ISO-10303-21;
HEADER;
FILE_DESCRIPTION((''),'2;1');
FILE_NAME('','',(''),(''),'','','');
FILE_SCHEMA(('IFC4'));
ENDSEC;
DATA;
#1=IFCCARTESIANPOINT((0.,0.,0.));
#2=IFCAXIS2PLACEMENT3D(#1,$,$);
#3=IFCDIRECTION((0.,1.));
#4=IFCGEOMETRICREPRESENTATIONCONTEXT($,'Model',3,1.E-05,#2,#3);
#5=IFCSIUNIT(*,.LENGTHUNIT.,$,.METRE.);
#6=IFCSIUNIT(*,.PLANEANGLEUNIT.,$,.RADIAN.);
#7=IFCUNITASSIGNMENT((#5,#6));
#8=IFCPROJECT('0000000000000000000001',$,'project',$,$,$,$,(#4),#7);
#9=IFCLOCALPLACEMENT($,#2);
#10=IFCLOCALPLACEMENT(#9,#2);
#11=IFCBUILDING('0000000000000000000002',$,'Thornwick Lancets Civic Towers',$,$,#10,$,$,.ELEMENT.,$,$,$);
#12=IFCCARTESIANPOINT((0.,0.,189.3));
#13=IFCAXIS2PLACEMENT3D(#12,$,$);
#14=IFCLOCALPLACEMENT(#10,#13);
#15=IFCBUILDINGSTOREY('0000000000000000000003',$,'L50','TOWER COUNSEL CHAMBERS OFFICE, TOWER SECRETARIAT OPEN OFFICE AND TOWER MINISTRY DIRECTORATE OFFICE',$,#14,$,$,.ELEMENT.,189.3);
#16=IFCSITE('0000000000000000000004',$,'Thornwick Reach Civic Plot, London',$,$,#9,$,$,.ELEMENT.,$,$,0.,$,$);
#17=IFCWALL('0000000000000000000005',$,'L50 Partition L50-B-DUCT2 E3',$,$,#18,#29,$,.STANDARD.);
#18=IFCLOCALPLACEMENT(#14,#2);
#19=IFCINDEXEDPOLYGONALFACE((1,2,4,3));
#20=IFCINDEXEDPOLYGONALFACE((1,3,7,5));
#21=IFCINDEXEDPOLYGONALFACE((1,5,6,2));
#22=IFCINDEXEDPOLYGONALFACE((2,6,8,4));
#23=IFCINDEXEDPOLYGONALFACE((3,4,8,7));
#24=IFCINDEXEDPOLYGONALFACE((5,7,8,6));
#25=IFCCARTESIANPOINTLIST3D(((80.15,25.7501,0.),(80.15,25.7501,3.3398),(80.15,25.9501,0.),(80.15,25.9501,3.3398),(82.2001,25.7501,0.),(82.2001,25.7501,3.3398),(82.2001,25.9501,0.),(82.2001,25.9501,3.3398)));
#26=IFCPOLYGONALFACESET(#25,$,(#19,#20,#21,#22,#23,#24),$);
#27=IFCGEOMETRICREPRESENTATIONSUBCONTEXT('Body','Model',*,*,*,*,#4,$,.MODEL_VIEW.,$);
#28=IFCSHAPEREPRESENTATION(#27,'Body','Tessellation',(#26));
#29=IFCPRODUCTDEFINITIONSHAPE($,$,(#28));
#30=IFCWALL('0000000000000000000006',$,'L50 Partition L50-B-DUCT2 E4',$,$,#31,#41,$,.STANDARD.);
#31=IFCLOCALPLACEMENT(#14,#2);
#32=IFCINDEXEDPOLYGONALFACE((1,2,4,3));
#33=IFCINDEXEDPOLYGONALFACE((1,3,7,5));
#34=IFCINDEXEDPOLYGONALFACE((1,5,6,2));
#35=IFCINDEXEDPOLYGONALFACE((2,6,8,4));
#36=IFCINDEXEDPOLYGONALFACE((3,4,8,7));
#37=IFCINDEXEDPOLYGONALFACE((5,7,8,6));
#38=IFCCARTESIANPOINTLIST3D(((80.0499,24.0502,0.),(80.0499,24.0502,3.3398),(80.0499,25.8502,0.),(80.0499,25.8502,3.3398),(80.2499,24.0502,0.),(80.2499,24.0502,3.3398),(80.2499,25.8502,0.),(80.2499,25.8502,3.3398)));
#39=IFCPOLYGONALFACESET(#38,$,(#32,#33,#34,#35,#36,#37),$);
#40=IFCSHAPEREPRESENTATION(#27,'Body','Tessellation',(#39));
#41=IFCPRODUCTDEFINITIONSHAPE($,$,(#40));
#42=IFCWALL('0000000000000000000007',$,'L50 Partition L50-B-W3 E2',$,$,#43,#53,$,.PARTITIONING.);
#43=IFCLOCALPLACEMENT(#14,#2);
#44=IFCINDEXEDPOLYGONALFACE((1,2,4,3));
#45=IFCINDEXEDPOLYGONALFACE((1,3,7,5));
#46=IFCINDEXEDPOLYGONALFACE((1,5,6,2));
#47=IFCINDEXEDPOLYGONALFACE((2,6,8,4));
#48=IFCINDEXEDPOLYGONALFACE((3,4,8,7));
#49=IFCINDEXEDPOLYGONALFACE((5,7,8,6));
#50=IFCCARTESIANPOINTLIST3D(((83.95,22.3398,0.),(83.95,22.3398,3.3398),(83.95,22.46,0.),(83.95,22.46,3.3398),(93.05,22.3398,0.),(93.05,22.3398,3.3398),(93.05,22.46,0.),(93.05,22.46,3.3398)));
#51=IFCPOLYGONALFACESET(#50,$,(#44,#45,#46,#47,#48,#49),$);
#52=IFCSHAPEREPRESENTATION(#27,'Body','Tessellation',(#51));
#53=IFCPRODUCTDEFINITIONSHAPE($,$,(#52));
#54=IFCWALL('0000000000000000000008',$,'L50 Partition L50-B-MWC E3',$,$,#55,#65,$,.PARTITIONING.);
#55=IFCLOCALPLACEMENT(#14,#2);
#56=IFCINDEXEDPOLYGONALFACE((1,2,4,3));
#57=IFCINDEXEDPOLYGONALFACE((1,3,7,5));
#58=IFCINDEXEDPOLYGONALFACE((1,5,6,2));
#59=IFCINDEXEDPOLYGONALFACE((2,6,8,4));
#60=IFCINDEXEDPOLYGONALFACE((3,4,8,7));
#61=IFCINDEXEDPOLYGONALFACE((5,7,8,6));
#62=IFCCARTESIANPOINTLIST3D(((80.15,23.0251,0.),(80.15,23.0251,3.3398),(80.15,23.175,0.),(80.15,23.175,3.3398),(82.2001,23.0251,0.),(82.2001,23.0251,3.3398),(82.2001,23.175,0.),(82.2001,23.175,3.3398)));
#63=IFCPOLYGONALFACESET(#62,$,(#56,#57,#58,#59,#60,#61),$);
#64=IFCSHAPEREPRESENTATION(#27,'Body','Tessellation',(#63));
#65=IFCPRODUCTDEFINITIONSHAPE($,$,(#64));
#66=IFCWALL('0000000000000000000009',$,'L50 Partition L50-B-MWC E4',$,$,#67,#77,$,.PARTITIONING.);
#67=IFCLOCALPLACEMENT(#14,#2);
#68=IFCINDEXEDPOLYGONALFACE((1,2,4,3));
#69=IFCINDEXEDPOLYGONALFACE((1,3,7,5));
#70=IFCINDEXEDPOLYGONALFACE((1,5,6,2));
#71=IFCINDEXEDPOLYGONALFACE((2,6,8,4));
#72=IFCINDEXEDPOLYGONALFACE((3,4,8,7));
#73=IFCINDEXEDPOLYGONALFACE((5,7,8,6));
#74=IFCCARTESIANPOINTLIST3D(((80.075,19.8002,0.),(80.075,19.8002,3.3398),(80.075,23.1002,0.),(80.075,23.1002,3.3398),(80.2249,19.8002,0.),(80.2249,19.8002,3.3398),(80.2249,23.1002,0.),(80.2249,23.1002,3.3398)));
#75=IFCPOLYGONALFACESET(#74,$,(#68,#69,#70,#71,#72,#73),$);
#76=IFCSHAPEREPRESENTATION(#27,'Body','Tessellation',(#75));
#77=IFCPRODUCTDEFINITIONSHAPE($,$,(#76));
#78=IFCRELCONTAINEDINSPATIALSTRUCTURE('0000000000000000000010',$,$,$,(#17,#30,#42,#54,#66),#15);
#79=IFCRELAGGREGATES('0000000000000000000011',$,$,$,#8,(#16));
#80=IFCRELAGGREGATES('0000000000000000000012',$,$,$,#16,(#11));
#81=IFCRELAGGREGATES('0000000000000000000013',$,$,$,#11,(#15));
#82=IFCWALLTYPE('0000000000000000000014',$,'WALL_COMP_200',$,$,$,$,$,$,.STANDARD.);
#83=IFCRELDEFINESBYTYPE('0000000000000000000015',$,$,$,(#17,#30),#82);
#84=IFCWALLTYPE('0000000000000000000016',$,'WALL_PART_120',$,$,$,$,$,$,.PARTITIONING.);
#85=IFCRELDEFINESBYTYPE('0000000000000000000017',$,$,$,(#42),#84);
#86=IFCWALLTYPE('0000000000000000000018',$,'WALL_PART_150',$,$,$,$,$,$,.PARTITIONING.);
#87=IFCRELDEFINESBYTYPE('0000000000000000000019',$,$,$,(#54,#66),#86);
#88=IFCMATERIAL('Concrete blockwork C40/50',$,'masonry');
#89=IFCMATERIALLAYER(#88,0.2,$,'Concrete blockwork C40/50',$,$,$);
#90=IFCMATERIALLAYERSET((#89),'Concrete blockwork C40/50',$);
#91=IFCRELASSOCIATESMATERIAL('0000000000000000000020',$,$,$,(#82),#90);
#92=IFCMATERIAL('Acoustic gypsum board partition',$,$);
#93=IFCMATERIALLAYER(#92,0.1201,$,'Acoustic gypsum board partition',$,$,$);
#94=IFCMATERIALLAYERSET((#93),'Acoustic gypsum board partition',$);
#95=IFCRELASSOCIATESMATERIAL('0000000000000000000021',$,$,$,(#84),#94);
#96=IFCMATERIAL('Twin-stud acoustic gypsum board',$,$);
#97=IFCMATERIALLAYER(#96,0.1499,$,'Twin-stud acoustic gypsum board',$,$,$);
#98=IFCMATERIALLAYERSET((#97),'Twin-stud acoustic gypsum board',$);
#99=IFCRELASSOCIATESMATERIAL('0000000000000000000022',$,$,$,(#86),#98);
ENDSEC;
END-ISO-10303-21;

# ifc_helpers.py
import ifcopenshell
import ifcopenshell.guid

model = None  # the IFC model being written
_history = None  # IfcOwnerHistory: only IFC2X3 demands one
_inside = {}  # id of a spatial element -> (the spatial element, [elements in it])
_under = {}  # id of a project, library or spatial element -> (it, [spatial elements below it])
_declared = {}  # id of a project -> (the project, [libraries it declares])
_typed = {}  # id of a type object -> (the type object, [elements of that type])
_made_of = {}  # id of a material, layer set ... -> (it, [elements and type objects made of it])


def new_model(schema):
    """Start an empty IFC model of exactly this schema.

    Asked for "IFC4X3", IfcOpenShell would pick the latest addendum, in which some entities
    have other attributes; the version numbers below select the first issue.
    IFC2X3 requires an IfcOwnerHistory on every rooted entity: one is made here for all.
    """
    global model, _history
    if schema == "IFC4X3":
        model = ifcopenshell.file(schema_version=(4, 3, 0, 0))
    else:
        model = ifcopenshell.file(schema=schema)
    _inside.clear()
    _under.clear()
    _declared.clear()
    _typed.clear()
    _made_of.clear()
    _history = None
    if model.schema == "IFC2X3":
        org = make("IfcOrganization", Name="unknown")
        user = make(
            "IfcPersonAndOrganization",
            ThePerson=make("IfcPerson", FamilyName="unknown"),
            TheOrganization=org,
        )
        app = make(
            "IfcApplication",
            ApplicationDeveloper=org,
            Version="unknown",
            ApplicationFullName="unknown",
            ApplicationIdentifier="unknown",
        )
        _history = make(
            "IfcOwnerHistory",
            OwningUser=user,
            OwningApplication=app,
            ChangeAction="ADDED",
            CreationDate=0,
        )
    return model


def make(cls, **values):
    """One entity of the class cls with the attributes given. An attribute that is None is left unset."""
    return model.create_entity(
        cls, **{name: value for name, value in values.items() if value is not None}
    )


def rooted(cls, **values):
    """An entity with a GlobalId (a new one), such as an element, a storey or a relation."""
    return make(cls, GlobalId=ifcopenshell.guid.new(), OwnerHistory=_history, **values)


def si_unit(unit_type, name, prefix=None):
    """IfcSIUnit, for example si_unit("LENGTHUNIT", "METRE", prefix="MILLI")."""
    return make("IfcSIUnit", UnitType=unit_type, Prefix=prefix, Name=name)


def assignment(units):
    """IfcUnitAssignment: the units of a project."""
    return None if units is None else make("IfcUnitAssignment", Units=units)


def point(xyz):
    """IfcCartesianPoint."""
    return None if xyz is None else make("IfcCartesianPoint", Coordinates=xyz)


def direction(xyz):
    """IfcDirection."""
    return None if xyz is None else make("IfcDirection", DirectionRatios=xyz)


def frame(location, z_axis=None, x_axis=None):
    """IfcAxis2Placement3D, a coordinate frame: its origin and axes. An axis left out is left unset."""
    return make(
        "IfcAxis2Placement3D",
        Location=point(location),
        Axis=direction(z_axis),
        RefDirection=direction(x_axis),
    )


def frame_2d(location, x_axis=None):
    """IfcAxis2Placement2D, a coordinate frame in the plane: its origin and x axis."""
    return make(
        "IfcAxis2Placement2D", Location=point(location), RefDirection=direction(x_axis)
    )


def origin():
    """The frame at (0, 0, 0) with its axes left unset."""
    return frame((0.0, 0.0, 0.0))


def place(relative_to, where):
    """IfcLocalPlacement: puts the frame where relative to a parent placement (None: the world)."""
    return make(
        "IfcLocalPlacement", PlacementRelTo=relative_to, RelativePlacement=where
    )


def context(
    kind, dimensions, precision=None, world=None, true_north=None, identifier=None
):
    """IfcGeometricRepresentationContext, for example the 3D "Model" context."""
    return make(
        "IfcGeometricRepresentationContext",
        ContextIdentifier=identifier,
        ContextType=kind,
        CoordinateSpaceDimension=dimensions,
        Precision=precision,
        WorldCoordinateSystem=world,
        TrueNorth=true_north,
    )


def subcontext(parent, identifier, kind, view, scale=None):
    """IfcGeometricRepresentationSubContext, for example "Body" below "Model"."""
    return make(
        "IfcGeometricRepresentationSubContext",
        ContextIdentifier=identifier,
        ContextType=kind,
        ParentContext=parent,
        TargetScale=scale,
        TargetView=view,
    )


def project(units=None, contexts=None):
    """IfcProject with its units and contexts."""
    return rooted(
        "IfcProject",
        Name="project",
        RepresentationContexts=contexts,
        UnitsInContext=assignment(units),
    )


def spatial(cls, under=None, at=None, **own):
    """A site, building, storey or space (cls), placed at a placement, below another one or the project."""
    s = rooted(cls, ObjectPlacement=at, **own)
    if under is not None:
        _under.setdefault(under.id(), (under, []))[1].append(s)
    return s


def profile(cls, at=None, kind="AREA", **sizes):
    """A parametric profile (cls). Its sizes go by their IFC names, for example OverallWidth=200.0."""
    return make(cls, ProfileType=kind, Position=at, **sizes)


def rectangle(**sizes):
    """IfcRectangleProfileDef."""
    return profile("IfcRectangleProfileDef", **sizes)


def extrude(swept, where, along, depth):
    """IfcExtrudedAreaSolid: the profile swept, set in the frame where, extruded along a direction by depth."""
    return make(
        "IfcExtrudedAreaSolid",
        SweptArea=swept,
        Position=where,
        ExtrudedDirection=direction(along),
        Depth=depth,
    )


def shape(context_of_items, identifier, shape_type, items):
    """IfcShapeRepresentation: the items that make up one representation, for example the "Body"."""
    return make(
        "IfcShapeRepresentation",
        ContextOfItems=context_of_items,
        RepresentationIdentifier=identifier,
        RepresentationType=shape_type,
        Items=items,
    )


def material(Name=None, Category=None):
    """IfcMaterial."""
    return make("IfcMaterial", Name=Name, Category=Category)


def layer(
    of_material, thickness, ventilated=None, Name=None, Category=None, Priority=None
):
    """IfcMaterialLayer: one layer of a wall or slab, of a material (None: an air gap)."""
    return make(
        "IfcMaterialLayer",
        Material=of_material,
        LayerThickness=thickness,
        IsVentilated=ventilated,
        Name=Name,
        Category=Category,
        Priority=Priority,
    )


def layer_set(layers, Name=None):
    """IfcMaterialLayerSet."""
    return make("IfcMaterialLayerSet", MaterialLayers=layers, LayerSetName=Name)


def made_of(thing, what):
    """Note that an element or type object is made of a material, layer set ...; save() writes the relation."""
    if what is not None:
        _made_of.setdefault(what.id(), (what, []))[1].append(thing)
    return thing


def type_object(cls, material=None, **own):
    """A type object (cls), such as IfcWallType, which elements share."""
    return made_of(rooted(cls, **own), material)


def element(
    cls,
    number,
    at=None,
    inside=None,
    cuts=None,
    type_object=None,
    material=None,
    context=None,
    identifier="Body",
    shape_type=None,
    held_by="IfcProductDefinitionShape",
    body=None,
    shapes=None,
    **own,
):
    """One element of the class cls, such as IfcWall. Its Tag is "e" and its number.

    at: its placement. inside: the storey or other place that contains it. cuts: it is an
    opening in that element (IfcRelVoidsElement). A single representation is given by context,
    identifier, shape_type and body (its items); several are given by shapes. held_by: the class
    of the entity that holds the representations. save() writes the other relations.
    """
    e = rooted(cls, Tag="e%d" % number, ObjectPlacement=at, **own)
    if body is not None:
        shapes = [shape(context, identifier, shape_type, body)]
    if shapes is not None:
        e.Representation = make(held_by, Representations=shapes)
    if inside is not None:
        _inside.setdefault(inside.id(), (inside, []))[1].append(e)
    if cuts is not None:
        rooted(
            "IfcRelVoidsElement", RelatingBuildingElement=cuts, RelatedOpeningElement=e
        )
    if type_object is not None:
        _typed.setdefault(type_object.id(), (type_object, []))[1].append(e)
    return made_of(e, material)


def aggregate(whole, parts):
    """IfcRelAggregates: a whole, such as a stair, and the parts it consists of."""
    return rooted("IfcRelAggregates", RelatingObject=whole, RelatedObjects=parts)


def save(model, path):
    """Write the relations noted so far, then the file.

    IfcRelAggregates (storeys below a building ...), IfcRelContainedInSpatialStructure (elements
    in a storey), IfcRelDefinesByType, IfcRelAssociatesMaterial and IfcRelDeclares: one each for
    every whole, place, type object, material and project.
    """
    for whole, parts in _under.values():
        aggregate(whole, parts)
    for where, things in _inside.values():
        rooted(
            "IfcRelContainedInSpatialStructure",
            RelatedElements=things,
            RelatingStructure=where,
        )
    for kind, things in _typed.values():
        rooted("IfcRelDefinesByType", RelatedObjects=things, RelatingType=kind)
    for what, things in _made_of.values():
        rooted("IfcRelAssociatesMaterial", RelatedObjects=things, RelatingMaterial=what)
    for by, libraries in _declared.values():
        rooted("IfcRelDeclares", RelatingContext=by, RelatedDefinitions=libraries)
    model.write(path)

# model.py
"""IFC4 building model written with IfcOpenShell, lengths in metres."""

from ifc_helpers import new_model, si_unit, direction, frame, frame_2d, origin, place, context, subcontext, project, spatial, rectangle, extrude, material, layer, layer_set, type_object, element, save


model = new_model("IFC4")

# Units and contexts
model_context = context("Model", 3, precision=1e-05, world=origin(), true_north=direction((0.0, 1.0)))
body_context = subcontext(model_context, "Body", "Model", "MODEL_VIEW")
ifc_project = project(units=[si_unit("LENGTHUNIT", "METRE"), si_unit("PLANEANGLEUNIT", "RADIAN")], contexts=[model_context])

# Site, building, storey
site_placement = place(None, origin())
site = spatial("IfcSite", under=ifc_project, at=site_placement, Name="Thornwick Reach Civic Plot, London", CompositionType="ELEMENT", RefElevation=0.0)
building_placement = place(site_placement, origin())
building = spatial("IfcBuilding", under=site, at=building_placement, Name="Thornwick Lancets Civic Towers", CompositionType="ELEMENT")
storey_placement = place(building_placement, frame((0.0, 0.0, 189.3)))
storey = spatial("IfcBuildingStorey", under=building, at=storey_placement, Name="L50", Description="TOWER COUNSEL CHAMBERS OFFICE, TOWER SECRETARIAT OPEN OFFICE AND TOWER MINISTRY DIRECTORATE OFFICE", CompositionType="ELEMENT", Elevation=189.3)

# Shared definitions
ifc_material_1 = material(Name="Concrete blockwork C40/50", Category="masonry")
ifc_layer_1 = layer(ifc_material_1, 0.2, Name="Concrete blockwork C40/50")
ifc_layer_set_1 = layer_set([ifc_layer_1], Name="Concrete blockwork C40/50")
wall_type_1 = type_object("IfcWallType", Name="WALL_COMP_200", PredefinedType="STANDARD", material=ifc_layer_set_1)

# Walls
wall_1_placement = place(storey_placement, frame((82.2, 25.8501, 0.0), z_axis=(0.0, 0.0, 1.0), x_axis=(-1.0, 0.0, 0.0)))
element("IfcWall", 1, at=wall_1_placement, inside=storey, type_object=wall_type_1, Name="L50 Partition L50-B-DUCT2 E3", PredefinedType="STANDARD", context=body_context, shape_type="SweptSolid", body=[
    extrude(rectangle(XDim=2.05, YDim=0.2, at=frame_2d((1.0249, 0.0))), origin(), (0.0, 0.0, 1.0), 3.3398),
])
wall_2_placement = place(storey_placement, frame((80.1499, 25.8501, 0.0), z_axis=(0.0, 0.0, 1.0), x_axis=(0.0, -1.0, 0.0)))
element("IfcWall", 2, at=wall_2_placement, inside=storey, type_object=wall_type_1, Name="L50 Partition L50-B-DUCT2 E4", PredefinedType="STANDARD", context=body_context, shape_type="SweptSolid", body=[
    extrude(rectangle(XDim=1.8, YDim=0.2, at=frame_2d((0.8999, 0.0))), origin(), (0.0, 0.0, 1.0), 3.3398),
])
ifc_material_2 = material(Name="Acoustic gypsum board partition")
ifc_layer_2 = layer(ifc_material_2, 0.1201, Name="Acoustic gypsum board partition")
ifc_layer_set_2 = layer_set([ifc_layer_2], Name="Acoustic gypsum board partition")
wall_type_2 = type_object("IfcWallType", Name="WALL_PART_120", PredefinedType="PARTITIONING", material=ifc_layer_set_2)
wall_3_placement = place(storey_placement, frame((83.95, 22.3999, 0.0), z_axis=(0.0, 0.0, 1.0), x_axis=(1.0, 0.0, 0.0)))
element("IfcWall", 3, at=wall_3_placement, inside=storey, type_object=wall_type_2, Name="L50 Partition L50-B-W3 E2", PredefinedType="PARTITIONING", context=body_context, shape_type="SweptSolid", body=[
    extrude(rectangle(XDim=9.1001, YDim=0.1201, at=frame_2d((4.55, 0.0))), origin(), (0.0, 0.0, 1.0), 3.3398),
])
ifc_material_3 = material(Name="Twin-stud acoustic gypsum board")
ifc_layer_3 = layer(ifc_material_3, 0.1499, Name="Twin-stud acoustic gypsum board")
ifc_layer_set_3 = layer_set([ifc_layer_3], Name="Twin-stud acoustic gypsum board")
wall_type_3 = type_object("IfcWallType", Name="WALL_PART_150", PredefinedType="PARTITIONING", material=ifc_layer_set_3)
wall_4_placement = place(storey_placement, frame((82.2, 23.1001, 0.0), z_axis=(0.0, 0.0, 1.0), x_axis=(-1.0, 0.0, 0.0)))
element("IfcWall", 4, at=wall_4_placement, inside=storey, type_object=wall_type_3, Name="L50 Partition L50-B-MWC E3", PredefinedType="PARTITIONING", context=body_context, shape_type="SweptSolid", body=[
    extrude(rectangle(XDim=2.05, YDim=0.1499, at=frame_2d((1.0249, 0.0))), origin(), (0.0, 0.0, 1.0), 3.3398),
])
wall_5_placement = place(storey_placement, frame((80.1499, 23.1001, 0.0), z_axis=(0.0, 0.0, 1.0), x_axis=(0.0, -1.0, 0.0)))
element("IfcWall", 5, at=wall_5_placement, inside=storey, type_object=wall_type_3, Name="L50 Partition L50-B-MWC E4", PredefinedType="PARTITIONING", context=body_context, shape_type="SweptSolid", body=[
    extrude(rectangle(XDim=3.3, YDim=0.1499, at=frame_2d((1.6499, 0.0))), origin(), (0.0, 0.0, 1.0), 3.3398),
])

save(model, "model.ifc")
